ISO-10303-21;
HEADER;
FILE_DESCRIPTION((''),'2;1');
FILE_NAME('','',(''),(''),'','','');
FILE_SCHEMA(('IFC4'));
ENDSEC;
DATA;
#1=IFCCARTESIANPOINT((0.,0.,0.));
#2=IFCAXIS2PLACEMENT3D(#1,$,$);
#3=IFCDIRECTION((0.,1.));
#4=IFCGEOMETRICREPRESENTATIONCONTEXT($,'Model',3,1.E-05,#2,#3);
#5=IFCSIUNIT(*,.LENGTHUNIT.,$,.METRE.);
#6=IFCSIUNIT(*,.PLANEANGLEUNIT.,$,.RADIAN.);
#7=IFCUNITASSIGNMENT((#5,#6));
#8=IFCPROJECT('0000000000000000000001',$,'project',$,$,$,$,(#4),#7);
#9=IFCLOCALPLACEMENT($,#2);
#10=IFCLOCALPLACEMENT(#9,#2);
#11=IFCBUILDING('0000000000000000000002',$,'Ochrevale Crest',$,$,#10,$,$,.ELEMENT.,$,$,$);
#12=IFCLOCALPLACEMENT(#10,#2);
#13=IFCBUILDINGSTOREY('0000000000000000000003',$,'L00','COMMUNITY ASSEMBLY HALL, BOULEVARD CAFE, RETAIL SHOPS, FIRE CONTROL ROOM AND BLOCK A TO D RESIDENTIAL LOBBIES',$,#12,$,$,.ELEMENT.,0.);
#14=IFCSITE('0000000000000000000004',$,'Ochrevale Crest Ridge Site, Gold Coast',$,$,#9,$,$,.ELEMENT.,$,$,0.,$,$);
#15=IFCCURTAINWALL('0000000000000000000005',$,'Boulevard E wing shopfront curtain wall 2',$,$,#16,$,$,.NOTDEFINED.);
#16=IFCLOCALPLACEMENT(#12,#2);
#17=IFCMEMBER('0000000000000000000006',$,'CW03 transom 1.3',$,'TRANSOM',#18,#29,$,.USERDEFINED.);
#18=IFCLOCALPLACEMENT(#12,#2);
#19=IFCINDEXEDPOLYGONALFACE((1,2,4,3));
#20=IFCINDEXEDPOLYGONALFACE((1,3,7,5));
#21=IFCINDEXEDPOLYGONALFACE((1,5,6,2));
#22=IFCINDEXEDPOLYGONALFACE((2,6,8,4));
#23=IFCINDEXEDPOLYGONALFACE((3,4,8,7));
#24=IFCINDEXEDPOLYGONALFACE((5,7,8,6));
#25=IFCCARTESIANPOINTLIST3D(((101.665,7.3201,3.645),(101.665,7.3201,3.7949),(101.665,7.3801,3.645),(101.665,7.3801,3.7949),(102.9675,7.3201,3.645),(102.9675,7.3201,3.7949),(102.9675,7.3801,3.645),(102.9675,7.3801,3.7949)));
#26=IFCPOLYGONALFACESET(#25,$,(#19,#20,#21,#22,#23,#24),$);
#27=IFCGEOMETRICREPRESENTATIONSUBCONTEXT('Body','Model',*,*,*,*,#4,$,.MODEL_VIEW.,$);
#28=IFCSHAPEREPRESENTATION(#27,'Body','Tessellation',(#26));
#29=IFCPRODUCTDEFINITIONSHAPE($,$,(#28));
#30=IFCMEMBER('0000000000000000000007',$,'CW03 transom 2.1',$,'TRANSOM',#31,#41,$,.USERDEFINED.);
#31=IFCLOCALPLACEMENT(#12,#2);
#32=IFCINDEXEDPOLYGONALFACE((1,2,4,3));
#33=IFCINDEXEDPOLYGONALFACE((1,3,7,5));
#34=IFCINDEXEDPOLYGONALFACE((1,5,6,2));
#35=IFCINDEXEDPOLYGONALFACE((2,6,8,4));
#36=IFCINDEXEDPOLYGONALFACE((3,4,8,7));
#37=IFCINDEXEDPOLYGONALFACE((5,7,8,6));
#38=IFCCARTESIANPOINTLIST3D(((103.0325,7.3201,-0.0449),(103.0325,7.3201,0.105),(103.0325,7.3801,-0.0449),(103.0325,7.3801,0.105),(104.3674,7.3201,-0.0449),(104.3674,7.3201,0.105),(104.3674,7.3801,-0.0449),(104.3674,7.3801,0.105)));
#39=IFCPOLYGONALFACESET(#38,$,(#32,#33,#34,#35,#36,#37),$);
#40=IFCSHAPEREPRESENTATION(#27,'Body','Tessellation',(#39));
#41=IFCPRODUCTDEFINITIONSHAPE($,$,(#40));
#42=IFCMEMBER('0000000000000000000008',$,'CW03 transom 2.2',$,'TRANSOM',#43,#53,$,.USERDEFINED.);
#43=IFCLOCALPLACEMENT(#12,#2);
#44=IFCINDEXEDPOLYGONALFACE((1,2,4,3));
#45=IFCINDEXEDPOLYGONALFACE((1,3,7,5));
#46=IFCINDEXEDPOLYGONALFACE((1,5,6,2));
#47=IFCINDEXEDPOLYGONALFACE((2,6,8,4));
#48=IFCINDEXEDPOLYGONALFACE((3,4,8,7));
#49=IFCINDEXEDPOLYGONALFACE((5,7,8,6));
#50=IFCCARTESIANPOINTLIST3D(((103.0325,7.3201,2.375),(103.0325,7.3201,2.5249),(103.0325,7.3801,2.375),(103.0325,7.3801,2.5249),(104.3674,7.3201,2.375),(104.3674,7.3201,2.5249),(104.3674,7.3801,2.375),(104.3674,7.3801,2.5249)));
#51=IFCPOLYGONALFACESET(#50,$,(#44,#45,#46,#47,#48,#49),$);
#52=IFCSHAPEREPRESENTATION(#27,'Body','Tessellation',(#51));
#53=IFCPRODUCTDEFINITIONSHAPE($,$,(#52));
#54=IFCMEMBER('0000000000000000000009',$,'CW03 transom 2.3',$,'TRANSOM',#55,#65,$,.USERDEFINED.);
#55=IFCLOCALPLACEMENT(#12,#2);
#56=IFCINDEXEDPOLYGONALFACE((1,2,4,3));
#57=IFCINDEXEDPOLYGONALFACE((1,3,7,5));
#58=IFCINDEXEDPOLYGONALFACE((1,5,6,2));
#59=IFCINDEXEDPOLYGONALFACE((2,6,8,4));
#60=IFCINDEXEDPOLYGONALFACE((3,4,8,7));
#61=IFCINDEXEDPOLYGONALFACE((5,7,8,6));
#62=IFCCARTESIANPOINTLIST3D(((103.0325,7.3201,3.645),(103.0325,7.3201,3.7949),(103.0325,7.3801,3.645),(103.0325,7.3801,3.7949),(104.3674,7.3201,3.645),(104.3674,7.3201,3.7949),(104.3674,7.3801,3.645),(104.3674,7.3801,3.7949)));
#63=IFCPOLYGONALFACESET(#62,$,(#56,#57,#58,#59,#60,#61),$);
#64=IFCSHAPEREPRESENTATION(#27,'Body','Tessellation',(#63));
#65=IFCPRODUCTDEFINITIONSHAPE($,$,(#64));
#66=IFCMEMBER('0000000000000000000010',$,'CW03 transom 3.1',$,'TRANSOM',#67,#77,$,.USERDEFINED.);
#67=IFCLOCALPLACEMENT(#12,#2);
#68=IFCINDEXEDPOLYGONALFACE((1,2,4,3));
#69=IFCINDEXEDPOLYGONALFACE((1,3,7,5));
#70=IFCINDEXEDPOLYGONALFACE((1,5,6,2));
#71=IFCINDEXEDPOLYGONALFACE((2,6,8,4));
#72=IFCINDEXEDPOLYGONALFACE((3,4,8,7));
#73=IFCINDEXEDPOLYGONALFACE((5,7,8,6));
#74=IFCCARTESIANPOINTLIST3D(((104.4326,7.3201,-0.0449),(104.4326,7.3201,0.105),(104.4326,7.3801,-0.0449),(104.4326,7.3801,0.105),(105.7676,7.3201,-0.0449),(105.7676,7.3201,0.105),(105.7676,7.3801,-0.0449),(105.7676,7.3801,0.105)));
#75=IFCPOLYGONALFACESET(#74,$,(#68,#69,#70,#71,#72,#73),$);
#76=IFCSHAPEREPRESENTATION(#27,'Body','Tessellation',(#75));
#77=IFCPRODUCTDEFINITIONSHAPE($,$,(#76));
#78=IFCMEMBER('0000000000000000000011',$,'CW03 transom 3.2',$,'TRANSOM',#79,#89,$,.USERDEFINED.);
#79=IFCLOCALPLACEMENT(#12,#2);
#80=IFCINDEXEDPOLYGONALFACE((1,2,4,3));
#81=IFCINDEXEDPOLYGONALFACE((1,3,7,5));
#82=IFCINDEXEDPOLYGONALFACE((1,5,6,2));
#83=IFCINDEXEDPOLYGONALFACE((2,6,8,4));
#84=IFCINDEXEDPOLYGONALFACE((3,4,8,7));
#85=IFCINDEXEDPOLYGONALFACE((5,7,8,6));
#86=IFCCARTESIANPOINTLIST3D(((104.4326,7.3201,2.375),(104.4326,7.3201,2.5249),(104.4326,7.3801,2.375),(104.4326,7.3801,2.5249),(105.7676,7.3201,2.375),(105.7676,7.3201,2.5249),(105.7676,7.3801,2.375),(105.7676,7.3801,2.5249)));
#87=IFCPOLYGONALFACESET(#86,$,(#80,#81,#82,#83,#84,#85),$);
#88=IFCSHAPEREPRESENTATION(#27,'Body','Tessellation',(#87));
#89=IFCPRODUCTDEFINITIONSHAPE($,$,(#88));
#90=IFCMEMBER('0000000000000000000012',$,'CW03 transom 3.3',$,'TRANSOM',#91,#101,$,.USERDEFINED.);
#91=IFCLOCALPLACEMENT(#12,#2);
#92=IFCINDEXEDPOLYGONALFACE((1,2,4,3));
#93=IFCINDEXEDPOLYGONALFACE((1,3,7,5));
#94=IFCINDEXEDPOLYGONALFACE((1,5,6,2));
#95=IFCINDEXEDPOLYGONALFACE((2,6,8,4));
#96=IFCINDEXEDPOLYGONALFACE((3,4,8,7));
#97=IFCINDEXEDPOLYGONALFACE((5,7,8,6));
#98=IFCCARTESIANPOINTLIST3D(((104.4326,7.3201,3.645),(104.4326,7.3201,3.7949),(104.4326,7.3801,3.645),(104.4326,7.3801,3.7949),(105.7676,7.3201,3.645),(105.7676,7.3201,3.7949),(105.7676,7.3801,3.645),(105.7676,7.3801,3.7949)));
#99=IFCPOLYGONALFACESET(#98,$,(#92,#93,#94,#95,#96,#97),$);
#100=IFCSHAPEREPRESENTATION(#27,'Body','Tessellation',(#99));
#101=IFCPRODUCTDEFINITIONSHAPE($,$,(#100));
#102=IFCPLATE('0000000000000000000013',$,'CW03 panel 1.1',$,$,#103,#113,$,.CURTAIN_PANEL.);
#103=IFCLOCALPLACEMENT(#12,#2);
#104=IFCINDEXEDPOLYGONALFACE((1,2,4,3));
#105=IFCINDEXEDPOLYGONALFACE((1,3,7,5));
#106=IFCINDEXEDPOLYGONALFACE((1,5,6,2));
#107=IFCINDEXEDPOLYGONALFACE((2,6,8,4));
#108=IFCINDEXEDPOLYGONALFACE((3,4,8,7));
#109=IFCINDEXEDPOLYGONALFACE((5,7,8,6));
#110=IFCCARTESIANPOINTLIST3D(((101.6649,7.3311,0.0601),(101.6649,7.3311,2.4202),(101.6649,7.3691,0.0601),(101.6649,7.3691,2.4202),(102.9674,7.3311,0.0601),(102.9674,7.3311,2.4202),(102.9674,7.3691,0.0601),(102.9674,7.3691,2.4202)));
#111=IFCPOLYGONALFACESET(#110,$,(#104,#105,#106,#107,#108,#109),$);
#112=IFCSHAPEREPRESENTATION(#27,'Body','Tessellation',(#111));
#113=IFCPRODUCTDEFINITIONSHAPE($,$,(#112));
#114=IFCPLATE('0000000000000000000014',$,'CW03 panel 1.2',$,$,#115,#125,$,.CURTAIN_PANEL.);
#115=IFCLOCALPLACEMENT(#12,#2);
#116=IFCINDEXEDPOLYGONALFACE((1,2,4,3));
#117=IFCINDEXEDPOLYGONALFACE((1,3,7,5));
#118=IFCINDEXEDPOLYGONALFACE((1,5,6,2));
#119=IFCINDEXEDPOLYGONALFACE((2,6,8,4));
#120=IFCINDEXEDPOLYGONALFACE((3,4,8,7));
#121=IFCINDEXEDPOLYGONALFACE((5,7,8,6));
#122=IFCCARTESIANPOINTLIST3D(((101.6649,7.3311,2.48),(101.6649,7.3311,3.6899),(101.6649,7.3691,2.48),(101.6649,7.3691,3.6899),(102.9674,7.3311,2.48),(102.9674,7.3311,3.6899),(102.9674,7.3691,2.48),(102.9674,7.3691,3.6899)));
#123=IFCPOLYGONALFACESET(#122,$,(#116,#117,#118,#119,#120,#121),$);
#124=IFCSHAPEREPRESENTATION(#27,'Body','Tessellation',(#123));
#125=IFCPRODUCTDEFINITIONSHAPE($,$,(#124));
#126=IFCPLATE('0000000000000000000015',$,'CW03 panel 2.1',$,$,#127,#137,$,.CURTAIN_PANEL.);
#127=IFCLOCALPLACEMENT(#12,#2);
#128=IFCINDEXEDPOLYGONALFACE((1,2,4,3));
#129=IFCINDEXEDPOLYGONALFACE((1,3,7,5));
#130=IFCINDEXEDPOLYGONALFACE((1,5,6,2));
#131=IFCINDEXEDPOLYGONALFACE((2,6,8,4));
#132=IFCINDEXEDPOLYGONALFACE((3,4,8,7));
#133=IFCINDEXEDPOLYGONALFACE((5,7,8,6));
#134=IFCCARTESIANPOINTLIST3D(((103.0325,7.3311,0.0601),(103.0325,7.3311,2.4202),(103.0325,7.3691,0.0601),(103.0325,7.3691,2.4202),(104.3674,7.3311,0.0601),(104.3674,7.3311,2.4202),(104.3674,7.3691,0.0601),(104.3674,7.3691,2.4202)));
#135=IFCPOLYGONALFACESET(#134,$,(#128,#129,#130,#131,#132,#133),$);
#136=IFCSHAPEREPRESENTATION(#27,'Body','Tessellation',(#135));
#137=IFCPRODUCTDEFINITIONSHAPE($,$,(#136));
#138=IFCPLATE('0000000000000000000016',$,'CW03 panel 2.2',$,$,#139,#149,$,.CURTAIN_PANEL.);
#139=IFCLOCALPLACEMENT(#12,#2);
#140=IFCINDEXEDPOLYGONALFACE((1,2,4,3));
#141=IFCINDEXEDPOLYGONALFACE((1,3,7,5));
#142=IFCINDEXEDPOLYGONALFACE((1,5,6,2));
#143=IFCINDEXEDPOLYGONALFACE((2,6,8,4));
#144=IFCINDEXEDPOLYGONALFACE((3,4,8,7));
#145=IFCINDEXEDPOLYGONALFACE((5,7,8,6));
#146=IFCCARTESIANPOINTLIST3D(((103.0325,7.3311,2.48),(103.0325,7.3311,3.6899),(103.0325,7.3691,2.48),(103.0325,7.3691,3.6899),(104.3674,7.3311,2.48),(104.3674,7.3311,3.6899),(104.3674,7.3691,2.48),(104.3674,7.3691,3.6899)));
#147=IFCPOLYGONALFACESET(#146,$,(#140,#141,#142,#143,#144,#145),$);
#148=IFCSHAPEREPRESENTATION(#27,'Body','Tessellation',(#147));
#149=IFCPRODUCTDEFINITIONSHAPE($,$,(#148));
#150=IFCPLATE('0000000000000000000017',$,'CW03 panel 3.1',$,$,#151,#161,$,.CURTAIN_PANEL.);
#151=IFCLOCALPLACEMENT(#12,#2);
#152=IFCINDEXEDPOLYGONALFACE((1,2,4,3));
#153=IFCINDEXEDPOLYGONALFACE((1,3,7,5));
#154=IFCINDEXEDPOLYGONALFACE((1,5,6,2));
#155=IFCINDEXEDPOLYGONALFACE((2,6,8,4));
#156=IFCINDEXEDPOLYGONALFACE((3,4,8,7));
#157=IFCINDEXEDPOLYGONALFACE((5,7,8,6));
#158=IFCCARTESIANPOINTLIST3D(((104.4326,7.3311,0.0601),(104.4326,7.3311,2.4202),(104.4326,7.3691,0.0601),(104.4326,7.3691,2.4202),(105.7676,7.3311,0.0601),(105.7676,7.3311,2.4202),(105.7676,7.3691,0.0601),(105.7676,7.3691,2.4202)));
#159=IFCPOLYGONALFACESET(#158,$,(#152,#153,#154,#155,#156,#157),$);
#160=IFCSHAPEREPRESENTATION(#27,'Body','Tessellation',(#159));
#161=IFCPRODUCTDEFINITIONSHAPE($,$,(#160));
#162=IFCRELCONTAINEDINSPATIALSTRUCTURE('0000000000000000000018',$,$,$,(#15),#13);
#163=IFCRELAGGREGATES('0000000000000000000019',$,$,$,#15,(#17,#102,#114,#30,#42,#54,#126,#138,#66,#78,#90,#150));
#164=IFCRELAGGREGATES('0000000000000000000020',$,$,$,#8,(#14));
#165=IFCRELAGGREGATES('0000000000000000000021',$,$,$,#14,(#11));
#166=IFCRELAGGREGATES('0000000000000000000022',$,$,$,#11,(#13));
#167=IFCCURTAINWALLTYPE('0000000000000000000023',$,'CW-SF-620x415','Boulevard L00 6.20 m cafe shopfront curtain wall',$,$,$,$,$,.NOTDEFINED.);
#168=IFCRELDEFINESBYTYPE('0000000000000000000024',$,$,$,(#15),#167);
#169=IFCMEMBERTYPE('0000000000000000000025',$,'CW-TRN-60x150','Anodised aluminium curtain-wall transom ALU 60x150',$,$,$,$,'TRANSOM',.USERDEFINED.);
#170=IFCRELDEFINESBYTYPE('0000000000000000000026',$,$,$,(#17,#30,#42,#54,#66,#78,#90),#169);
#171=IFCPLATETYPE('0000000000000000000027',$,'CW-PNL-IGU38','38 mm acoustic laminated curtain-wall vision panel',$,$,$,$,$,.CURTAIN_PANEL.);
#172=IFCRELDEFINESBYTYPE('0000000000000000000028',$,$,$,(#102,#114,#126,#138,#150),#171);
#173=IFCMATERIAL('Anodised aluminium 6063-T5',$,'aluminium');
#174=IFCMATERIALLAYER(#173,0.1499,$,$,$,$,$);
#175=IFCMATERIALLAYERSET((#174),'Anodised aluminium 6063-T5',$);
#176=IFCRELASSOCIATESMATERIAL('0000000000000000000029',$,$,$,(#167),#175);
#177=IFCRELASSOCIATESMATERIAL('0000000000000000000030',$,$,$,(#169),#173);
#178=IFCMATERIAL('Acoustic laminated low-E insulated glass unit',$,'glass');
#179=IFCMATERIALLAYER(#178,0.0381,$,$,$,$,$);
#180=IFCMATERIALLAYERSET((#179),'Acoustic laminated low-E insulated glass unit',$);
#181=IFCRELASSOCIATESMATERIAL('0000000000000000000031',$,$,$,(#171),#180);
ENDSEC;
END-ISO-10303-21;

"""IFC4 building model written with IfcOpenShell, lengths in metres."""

from ifc_helpers import new_model, si_unit, direction, frame, origin, origin_2d, place, context, subcontext, project, spatial, rectangle, extrude, material, layer, layer_set, material_profile, profile_set, type_object, element, aggregate, save


model = new_model("IFC4")

# Units and contexts
model_context = context("Model", 3, precision=1e-05, world=origin(), true_north=direction((0.0, 1.0)))
body_context = subcontext(model_context, "Body", "Model", "MODEL_VIEW")
ifc_project = project(units=[si_unit("LENGTHUNIT", "METRE"), si_unit("PLANEANGLEUNIT", "RADIAN")], contexts=[model_context])

# Site, building, storey
site_placement = place(None, origin())
site = spatial("IfcSite", under=ifc_project, at=site_placement, Name="Ochrevale Crest Ridge Site, Gold Coast", CompositionType="ELEMENT", RefElevation=0.0)
building_placement = place(site_placement, origin())
building = spatial("IfcBuilding", under=site, at=building_placement, Name="Ochrevale Crest", CompositionType="ELEMENT")
storey_placement = place(building_placement, origin())
storey = spatial("IfcBuildingStorey", under=building, at=storey_placement, Name="L00", Description="COMMUNITY ASSEMBLY HALL, BOULEVARD CAFE, RETAIL SHOPS, FIRE CONTROL ROOM AND BLOCK A TO D RESIDENTIAL LOBBIES", CompositionType="ELEMENT", Elevation=0.0)

# Curtain wall, members, plates
ifc_material_1 = material(Name="Anodised aluminium 6063-T5", Category="aluminium")
ifc_layer_1 = layer(ifc_material_1, 0.1499)
ifc_layer_set_1 = layer_set([ifc_layer_1], Name="Anodised aluminium 6063-T5")
curtain_wall_type = type_object("IfcCurtainWallType", Name="CW-SF-620x415", Description="Boulevard L00 6.20 m cafe shopfront curtain wall", PredefinedType="NOTDEFINED", material=ifc_layer_set_1)
curtain_wall_placement = place(storey_placement, origin())
curtain_wall = element("IfcCurtainWall", 1, at=curtain_wall_placement, inside=storey, type_object=curtain_wall_type, Name="Boulevard E wing shopfront curtain wall 2", PredefinedType="NOTDEFINED")
ifc_material_profile_1 = material_profile(ifc_material_1, rectangle(XDim=0.0601, YDim=0.1499, at=origin_2d()), Name="ALU 60x150")
ifc_profile_set_1 = profile_set([ifc_material_profile_1], Name="Anodised aluminium 6063-T5")
member_type_1 = type_object("IfcMemberType", Name="CW-TRN-60x150", Description="Anodised aluminium curtain-wall transom ALU 60x150", ElementType="TRANSOM", PredefinedType="USERDEFINED", material=ifc_profile_set_1)
member_1_placement = place(storey_placement, frame((101.665, 7.3501, 3.72), z_axis=(1.0, 0.0, 0.0), x_axis=(0.0, 1.0, 0.0)))
member_1 = element("IfcMember", 2, at=member_1_placement, type_object=member_type_1, Name="CW03 transom 1.3", ObjectType="TRANSOM", PredefinedType="USERDEFINED", context=body_context, shape_type="SweptSolid", body=[
    extrude(rectangle(XDim=0.0601, YDim=0.1499, at=origin_2d()), origin(), (0.0, 0.0, 1.0), 1.3025),
])
member_2_placement = place(storey_placement, frame((103.0325, 7.3501, 0.03), z_axis=(1.0, 0.0, 0.0), x_axis=(0.0, 1.0, 0.0)))
member_2 = element("IfcMember", 3, at=member_2_placement, type_object=member_type_1, Name="CW03 transom 2.1", ObjectType="TRANSOM", PredefinedType="USERDEFINED", context=body_context, shape_type="SweptSolid", body=[
    extrude(rectangle(XDim=0.0601, YDim=0.1499, at=origin_2d()), origin(), (0.0, 0.0, 1.0), 1.335),
])
member_3_placement = place(storey_placement, frame((103.0325, 7.3501, 2.45), z_axis=(1.0, 0.0, 0.0), x_axis=(0.0, 1.0, 0.0)))
member_3 = element("IfcMember", 4, at=member_3_placement, type_object=member_type_1, Name="CW03 transom 2.2", ObjectType="TRANSOM", PredefinedType="USERDEFINED", context=body_context, shape_type="SweptSolid", body=[
    extrude(rectangle(XDim=0.0601, YDim=0.1499, at=origin_2d()), origin(), (0.0, 0.0, 1.0), 1.335),
])
member_4_placement = place(storey_placement, frame((103.0325, 7.3501, 3.72), z_axis=(1.0, 0.0, 0.0), x_axis=(0.0, 1.0, 0.0)))
member_4 = element("IfcMember", 5, at=member_4_placement, type_object=member_type_1, Name="CW03 transom 2.3", ObjectType="TRANSOM", PredefinedType="USERDEFINED", context=body_context, shape_type="SweptSolid", body=[
    extrude(rectangle(XDim=0.0601, YDim=0.1499, at=origin_2d()), origin(), (0.0, 0.0, 1.0), 1.335),
])
member_5_placement = place(storey_placement, frame((104.4326, 7.3501, 0.03), z_axis=(1.0, 0.0, 0.0), x_axis=(0.0, 1.0, 0.0)))
member_5 = element("IfcMember", 6, at=member_5_placement, type_object=member_type_1, Name="CW03 transom 3.1", ObjectType="TRANSOM", PredefinedType="USERDEFINED", context=body_context, shape_type="SweptSolid", body=[
    extrude(rectangle(XDim=0.0601, YDim=0.1499, at=origin_2d()), origin(), (0.0, 0.0, 1.0), 1.335),
])
member_6_placement = place(storey_placement, frame((104.4326, 7.3501, 2.45), z_axis=(1.0, 0.0, 0.0), x_axis=(0.0, 1.0, 0.0)))
member_6 = element("IfcMember", 7, at=member_6_placement, type_object=member_type_1, Name="CW03 transom 3.2", ObjectType="TRANSOM", PredefinedType="USERDEFINED", context=body_context, shape_type="SweptSolid", body=[
    extrude(rectangle(XDim=0.0601, YDim=0.1499, at=origin_2d()), origin(), (0.0, 0.0, 1.0), 1.335),
])
member_7_placement = place(storey_placement, frame((104.4326, 7.3501, 3.72), z_axis=(1.0, 0.0, 0.0), x_axis=(0.0, 1.0, 0.0)))
member_7 = element("IfcMember", 8, at=member_7_placement, type_object=member_type_1, Name="CW03 transom 3.3", ObjectType="TRANSOM", PredefinedType="USERDEFINED", context=body_context, shape_type="SweptSolid", body=[
    extrude(rectangle(XDim=0.0601, YDim=0.1499, at=origin_2d()), origin(), (0.0, 0.0, 1.0), 1.335),
])
ifc_material_2 = material(Name="Acoustic laminated low-E insulated glass unit", Category="glass")
ifc_layer_2 = layer(ifc_material_2, 0.0381)
ifc_layer_set_2 = layer_set([ifc_layer_2], Name="Acoustic laminated low-E insulated glass unit")
plate_type = type_object("IfcPlateType", Name="CW-PNL-IGU38", Description="38 mm acoustic laminated curtain-wall vision panel", PredefinedType="CURTAIN_PANEL", material=ifc_layer_set_2)
plate_1_placement = place(storey_placement, frame((102.3162, 7.3501, 0.0601), z_axis=(0.0, 0.0, 1.0), x_axis=(1.0, 0.0, 0.0)))
plate_1 = element("IfcPlate", 9, at=plate_1_placement, type_object=plate_type, Name="CW03 panel 1.1", PredefinedType="CURTAIN_PANEL", context=body_context, shape_type="SweptSolid", body=[
    extrude(rectangle(XDim=1.3025, YDim=0.0381, at=origin_2d()), origin(), (0.0, 0.0, 1.0), 2.3601),
])
plate_2_placement = place(storey_placement, frame((102.3162, 7.3501, 2.48), z_axis=(0.0, 0.0, 1.0), x_axis=(1.0, 0.0, 0.0)))
plate_2 = element("IfcPlate", 10, at=plate_2_placement, type_object=plate_type, Name="CW03 panel 1.2", PredefinedType="CURTAIN_PANEL", context=body_context, shape_type="SweptSolid", body=[
    extrude(rectangle(XDim=1.3025, YDim=0.0381, at=origin_2d()), origin(), (0.0, 0.0, 1.0), 1.21),
])
plate_3_placement = place(storey_placement, frame((103.7, 7.3501, 0.0601), z_axis=(0.0, 0.0, 1.0), x_axis=(1.0, 0.0, 0.0)))
plate_3 = element("IfcPlate", 11, at=plate_3_placement, type_object=plate_type, Name="CW03 panel 2.1", PredefinedType="CURTAIN_PANEL", context=body_context, shape_type="SweptSolid", body=[
    extrude(rectangle(XDim=1.335, YDim=0.0381, at=origin_2d()), origin(), (0.0, 0.0, 1.0), 2.3601),
])
plate_4_placement = place(storey_placement, frame((103.7, 7.3501, 2.48), z_axis=(0.0, 0.0, 1.0), x_axis=(1.0, 0.0, 0.0)))
plate_4 = element("IfcPlate", 12, at=plate_4_placement, type_object=plate_type, Name="CW03 panel 2.2", PredefinedType="CURTAIN_PANEL", context=body_context, shape_type="SweptSolid", body=[
    extrude(rectangle(XDim=1.335, YDim=0.0381, at=origin_2d()), origin(), (0.0, 0.0, 1.0), 1.21),
])
plate_5_placement = place(storey_placement, frame((105.1001, 7.3501, 0.0601), z_axis=(0.0, 0.0, 1.0), x_axis=(1.0, 0.0, 0.0)))
plate_5 = element("IfcPlate", 13, at=plate_5_placement, type_object=plate_type, Name="CW03 panel 3.1", PredefinedType="CURTAIN_PANEL", context=body_context, shape_type="SweptSolid", body=[
    extrude(rectangle(XDim=1.335, YDim=0.0381, at=origin_2d()), origin(), (0.0, 0.0, 1.0), 2.3601),
])
aggregate(curtain_wall, [member_1, plate_1, plate_2, member_2, member_3, member_4, plate_3, plate_4, member_5, member_6, member_7, plate_5])

save(model, "model.ifc")
